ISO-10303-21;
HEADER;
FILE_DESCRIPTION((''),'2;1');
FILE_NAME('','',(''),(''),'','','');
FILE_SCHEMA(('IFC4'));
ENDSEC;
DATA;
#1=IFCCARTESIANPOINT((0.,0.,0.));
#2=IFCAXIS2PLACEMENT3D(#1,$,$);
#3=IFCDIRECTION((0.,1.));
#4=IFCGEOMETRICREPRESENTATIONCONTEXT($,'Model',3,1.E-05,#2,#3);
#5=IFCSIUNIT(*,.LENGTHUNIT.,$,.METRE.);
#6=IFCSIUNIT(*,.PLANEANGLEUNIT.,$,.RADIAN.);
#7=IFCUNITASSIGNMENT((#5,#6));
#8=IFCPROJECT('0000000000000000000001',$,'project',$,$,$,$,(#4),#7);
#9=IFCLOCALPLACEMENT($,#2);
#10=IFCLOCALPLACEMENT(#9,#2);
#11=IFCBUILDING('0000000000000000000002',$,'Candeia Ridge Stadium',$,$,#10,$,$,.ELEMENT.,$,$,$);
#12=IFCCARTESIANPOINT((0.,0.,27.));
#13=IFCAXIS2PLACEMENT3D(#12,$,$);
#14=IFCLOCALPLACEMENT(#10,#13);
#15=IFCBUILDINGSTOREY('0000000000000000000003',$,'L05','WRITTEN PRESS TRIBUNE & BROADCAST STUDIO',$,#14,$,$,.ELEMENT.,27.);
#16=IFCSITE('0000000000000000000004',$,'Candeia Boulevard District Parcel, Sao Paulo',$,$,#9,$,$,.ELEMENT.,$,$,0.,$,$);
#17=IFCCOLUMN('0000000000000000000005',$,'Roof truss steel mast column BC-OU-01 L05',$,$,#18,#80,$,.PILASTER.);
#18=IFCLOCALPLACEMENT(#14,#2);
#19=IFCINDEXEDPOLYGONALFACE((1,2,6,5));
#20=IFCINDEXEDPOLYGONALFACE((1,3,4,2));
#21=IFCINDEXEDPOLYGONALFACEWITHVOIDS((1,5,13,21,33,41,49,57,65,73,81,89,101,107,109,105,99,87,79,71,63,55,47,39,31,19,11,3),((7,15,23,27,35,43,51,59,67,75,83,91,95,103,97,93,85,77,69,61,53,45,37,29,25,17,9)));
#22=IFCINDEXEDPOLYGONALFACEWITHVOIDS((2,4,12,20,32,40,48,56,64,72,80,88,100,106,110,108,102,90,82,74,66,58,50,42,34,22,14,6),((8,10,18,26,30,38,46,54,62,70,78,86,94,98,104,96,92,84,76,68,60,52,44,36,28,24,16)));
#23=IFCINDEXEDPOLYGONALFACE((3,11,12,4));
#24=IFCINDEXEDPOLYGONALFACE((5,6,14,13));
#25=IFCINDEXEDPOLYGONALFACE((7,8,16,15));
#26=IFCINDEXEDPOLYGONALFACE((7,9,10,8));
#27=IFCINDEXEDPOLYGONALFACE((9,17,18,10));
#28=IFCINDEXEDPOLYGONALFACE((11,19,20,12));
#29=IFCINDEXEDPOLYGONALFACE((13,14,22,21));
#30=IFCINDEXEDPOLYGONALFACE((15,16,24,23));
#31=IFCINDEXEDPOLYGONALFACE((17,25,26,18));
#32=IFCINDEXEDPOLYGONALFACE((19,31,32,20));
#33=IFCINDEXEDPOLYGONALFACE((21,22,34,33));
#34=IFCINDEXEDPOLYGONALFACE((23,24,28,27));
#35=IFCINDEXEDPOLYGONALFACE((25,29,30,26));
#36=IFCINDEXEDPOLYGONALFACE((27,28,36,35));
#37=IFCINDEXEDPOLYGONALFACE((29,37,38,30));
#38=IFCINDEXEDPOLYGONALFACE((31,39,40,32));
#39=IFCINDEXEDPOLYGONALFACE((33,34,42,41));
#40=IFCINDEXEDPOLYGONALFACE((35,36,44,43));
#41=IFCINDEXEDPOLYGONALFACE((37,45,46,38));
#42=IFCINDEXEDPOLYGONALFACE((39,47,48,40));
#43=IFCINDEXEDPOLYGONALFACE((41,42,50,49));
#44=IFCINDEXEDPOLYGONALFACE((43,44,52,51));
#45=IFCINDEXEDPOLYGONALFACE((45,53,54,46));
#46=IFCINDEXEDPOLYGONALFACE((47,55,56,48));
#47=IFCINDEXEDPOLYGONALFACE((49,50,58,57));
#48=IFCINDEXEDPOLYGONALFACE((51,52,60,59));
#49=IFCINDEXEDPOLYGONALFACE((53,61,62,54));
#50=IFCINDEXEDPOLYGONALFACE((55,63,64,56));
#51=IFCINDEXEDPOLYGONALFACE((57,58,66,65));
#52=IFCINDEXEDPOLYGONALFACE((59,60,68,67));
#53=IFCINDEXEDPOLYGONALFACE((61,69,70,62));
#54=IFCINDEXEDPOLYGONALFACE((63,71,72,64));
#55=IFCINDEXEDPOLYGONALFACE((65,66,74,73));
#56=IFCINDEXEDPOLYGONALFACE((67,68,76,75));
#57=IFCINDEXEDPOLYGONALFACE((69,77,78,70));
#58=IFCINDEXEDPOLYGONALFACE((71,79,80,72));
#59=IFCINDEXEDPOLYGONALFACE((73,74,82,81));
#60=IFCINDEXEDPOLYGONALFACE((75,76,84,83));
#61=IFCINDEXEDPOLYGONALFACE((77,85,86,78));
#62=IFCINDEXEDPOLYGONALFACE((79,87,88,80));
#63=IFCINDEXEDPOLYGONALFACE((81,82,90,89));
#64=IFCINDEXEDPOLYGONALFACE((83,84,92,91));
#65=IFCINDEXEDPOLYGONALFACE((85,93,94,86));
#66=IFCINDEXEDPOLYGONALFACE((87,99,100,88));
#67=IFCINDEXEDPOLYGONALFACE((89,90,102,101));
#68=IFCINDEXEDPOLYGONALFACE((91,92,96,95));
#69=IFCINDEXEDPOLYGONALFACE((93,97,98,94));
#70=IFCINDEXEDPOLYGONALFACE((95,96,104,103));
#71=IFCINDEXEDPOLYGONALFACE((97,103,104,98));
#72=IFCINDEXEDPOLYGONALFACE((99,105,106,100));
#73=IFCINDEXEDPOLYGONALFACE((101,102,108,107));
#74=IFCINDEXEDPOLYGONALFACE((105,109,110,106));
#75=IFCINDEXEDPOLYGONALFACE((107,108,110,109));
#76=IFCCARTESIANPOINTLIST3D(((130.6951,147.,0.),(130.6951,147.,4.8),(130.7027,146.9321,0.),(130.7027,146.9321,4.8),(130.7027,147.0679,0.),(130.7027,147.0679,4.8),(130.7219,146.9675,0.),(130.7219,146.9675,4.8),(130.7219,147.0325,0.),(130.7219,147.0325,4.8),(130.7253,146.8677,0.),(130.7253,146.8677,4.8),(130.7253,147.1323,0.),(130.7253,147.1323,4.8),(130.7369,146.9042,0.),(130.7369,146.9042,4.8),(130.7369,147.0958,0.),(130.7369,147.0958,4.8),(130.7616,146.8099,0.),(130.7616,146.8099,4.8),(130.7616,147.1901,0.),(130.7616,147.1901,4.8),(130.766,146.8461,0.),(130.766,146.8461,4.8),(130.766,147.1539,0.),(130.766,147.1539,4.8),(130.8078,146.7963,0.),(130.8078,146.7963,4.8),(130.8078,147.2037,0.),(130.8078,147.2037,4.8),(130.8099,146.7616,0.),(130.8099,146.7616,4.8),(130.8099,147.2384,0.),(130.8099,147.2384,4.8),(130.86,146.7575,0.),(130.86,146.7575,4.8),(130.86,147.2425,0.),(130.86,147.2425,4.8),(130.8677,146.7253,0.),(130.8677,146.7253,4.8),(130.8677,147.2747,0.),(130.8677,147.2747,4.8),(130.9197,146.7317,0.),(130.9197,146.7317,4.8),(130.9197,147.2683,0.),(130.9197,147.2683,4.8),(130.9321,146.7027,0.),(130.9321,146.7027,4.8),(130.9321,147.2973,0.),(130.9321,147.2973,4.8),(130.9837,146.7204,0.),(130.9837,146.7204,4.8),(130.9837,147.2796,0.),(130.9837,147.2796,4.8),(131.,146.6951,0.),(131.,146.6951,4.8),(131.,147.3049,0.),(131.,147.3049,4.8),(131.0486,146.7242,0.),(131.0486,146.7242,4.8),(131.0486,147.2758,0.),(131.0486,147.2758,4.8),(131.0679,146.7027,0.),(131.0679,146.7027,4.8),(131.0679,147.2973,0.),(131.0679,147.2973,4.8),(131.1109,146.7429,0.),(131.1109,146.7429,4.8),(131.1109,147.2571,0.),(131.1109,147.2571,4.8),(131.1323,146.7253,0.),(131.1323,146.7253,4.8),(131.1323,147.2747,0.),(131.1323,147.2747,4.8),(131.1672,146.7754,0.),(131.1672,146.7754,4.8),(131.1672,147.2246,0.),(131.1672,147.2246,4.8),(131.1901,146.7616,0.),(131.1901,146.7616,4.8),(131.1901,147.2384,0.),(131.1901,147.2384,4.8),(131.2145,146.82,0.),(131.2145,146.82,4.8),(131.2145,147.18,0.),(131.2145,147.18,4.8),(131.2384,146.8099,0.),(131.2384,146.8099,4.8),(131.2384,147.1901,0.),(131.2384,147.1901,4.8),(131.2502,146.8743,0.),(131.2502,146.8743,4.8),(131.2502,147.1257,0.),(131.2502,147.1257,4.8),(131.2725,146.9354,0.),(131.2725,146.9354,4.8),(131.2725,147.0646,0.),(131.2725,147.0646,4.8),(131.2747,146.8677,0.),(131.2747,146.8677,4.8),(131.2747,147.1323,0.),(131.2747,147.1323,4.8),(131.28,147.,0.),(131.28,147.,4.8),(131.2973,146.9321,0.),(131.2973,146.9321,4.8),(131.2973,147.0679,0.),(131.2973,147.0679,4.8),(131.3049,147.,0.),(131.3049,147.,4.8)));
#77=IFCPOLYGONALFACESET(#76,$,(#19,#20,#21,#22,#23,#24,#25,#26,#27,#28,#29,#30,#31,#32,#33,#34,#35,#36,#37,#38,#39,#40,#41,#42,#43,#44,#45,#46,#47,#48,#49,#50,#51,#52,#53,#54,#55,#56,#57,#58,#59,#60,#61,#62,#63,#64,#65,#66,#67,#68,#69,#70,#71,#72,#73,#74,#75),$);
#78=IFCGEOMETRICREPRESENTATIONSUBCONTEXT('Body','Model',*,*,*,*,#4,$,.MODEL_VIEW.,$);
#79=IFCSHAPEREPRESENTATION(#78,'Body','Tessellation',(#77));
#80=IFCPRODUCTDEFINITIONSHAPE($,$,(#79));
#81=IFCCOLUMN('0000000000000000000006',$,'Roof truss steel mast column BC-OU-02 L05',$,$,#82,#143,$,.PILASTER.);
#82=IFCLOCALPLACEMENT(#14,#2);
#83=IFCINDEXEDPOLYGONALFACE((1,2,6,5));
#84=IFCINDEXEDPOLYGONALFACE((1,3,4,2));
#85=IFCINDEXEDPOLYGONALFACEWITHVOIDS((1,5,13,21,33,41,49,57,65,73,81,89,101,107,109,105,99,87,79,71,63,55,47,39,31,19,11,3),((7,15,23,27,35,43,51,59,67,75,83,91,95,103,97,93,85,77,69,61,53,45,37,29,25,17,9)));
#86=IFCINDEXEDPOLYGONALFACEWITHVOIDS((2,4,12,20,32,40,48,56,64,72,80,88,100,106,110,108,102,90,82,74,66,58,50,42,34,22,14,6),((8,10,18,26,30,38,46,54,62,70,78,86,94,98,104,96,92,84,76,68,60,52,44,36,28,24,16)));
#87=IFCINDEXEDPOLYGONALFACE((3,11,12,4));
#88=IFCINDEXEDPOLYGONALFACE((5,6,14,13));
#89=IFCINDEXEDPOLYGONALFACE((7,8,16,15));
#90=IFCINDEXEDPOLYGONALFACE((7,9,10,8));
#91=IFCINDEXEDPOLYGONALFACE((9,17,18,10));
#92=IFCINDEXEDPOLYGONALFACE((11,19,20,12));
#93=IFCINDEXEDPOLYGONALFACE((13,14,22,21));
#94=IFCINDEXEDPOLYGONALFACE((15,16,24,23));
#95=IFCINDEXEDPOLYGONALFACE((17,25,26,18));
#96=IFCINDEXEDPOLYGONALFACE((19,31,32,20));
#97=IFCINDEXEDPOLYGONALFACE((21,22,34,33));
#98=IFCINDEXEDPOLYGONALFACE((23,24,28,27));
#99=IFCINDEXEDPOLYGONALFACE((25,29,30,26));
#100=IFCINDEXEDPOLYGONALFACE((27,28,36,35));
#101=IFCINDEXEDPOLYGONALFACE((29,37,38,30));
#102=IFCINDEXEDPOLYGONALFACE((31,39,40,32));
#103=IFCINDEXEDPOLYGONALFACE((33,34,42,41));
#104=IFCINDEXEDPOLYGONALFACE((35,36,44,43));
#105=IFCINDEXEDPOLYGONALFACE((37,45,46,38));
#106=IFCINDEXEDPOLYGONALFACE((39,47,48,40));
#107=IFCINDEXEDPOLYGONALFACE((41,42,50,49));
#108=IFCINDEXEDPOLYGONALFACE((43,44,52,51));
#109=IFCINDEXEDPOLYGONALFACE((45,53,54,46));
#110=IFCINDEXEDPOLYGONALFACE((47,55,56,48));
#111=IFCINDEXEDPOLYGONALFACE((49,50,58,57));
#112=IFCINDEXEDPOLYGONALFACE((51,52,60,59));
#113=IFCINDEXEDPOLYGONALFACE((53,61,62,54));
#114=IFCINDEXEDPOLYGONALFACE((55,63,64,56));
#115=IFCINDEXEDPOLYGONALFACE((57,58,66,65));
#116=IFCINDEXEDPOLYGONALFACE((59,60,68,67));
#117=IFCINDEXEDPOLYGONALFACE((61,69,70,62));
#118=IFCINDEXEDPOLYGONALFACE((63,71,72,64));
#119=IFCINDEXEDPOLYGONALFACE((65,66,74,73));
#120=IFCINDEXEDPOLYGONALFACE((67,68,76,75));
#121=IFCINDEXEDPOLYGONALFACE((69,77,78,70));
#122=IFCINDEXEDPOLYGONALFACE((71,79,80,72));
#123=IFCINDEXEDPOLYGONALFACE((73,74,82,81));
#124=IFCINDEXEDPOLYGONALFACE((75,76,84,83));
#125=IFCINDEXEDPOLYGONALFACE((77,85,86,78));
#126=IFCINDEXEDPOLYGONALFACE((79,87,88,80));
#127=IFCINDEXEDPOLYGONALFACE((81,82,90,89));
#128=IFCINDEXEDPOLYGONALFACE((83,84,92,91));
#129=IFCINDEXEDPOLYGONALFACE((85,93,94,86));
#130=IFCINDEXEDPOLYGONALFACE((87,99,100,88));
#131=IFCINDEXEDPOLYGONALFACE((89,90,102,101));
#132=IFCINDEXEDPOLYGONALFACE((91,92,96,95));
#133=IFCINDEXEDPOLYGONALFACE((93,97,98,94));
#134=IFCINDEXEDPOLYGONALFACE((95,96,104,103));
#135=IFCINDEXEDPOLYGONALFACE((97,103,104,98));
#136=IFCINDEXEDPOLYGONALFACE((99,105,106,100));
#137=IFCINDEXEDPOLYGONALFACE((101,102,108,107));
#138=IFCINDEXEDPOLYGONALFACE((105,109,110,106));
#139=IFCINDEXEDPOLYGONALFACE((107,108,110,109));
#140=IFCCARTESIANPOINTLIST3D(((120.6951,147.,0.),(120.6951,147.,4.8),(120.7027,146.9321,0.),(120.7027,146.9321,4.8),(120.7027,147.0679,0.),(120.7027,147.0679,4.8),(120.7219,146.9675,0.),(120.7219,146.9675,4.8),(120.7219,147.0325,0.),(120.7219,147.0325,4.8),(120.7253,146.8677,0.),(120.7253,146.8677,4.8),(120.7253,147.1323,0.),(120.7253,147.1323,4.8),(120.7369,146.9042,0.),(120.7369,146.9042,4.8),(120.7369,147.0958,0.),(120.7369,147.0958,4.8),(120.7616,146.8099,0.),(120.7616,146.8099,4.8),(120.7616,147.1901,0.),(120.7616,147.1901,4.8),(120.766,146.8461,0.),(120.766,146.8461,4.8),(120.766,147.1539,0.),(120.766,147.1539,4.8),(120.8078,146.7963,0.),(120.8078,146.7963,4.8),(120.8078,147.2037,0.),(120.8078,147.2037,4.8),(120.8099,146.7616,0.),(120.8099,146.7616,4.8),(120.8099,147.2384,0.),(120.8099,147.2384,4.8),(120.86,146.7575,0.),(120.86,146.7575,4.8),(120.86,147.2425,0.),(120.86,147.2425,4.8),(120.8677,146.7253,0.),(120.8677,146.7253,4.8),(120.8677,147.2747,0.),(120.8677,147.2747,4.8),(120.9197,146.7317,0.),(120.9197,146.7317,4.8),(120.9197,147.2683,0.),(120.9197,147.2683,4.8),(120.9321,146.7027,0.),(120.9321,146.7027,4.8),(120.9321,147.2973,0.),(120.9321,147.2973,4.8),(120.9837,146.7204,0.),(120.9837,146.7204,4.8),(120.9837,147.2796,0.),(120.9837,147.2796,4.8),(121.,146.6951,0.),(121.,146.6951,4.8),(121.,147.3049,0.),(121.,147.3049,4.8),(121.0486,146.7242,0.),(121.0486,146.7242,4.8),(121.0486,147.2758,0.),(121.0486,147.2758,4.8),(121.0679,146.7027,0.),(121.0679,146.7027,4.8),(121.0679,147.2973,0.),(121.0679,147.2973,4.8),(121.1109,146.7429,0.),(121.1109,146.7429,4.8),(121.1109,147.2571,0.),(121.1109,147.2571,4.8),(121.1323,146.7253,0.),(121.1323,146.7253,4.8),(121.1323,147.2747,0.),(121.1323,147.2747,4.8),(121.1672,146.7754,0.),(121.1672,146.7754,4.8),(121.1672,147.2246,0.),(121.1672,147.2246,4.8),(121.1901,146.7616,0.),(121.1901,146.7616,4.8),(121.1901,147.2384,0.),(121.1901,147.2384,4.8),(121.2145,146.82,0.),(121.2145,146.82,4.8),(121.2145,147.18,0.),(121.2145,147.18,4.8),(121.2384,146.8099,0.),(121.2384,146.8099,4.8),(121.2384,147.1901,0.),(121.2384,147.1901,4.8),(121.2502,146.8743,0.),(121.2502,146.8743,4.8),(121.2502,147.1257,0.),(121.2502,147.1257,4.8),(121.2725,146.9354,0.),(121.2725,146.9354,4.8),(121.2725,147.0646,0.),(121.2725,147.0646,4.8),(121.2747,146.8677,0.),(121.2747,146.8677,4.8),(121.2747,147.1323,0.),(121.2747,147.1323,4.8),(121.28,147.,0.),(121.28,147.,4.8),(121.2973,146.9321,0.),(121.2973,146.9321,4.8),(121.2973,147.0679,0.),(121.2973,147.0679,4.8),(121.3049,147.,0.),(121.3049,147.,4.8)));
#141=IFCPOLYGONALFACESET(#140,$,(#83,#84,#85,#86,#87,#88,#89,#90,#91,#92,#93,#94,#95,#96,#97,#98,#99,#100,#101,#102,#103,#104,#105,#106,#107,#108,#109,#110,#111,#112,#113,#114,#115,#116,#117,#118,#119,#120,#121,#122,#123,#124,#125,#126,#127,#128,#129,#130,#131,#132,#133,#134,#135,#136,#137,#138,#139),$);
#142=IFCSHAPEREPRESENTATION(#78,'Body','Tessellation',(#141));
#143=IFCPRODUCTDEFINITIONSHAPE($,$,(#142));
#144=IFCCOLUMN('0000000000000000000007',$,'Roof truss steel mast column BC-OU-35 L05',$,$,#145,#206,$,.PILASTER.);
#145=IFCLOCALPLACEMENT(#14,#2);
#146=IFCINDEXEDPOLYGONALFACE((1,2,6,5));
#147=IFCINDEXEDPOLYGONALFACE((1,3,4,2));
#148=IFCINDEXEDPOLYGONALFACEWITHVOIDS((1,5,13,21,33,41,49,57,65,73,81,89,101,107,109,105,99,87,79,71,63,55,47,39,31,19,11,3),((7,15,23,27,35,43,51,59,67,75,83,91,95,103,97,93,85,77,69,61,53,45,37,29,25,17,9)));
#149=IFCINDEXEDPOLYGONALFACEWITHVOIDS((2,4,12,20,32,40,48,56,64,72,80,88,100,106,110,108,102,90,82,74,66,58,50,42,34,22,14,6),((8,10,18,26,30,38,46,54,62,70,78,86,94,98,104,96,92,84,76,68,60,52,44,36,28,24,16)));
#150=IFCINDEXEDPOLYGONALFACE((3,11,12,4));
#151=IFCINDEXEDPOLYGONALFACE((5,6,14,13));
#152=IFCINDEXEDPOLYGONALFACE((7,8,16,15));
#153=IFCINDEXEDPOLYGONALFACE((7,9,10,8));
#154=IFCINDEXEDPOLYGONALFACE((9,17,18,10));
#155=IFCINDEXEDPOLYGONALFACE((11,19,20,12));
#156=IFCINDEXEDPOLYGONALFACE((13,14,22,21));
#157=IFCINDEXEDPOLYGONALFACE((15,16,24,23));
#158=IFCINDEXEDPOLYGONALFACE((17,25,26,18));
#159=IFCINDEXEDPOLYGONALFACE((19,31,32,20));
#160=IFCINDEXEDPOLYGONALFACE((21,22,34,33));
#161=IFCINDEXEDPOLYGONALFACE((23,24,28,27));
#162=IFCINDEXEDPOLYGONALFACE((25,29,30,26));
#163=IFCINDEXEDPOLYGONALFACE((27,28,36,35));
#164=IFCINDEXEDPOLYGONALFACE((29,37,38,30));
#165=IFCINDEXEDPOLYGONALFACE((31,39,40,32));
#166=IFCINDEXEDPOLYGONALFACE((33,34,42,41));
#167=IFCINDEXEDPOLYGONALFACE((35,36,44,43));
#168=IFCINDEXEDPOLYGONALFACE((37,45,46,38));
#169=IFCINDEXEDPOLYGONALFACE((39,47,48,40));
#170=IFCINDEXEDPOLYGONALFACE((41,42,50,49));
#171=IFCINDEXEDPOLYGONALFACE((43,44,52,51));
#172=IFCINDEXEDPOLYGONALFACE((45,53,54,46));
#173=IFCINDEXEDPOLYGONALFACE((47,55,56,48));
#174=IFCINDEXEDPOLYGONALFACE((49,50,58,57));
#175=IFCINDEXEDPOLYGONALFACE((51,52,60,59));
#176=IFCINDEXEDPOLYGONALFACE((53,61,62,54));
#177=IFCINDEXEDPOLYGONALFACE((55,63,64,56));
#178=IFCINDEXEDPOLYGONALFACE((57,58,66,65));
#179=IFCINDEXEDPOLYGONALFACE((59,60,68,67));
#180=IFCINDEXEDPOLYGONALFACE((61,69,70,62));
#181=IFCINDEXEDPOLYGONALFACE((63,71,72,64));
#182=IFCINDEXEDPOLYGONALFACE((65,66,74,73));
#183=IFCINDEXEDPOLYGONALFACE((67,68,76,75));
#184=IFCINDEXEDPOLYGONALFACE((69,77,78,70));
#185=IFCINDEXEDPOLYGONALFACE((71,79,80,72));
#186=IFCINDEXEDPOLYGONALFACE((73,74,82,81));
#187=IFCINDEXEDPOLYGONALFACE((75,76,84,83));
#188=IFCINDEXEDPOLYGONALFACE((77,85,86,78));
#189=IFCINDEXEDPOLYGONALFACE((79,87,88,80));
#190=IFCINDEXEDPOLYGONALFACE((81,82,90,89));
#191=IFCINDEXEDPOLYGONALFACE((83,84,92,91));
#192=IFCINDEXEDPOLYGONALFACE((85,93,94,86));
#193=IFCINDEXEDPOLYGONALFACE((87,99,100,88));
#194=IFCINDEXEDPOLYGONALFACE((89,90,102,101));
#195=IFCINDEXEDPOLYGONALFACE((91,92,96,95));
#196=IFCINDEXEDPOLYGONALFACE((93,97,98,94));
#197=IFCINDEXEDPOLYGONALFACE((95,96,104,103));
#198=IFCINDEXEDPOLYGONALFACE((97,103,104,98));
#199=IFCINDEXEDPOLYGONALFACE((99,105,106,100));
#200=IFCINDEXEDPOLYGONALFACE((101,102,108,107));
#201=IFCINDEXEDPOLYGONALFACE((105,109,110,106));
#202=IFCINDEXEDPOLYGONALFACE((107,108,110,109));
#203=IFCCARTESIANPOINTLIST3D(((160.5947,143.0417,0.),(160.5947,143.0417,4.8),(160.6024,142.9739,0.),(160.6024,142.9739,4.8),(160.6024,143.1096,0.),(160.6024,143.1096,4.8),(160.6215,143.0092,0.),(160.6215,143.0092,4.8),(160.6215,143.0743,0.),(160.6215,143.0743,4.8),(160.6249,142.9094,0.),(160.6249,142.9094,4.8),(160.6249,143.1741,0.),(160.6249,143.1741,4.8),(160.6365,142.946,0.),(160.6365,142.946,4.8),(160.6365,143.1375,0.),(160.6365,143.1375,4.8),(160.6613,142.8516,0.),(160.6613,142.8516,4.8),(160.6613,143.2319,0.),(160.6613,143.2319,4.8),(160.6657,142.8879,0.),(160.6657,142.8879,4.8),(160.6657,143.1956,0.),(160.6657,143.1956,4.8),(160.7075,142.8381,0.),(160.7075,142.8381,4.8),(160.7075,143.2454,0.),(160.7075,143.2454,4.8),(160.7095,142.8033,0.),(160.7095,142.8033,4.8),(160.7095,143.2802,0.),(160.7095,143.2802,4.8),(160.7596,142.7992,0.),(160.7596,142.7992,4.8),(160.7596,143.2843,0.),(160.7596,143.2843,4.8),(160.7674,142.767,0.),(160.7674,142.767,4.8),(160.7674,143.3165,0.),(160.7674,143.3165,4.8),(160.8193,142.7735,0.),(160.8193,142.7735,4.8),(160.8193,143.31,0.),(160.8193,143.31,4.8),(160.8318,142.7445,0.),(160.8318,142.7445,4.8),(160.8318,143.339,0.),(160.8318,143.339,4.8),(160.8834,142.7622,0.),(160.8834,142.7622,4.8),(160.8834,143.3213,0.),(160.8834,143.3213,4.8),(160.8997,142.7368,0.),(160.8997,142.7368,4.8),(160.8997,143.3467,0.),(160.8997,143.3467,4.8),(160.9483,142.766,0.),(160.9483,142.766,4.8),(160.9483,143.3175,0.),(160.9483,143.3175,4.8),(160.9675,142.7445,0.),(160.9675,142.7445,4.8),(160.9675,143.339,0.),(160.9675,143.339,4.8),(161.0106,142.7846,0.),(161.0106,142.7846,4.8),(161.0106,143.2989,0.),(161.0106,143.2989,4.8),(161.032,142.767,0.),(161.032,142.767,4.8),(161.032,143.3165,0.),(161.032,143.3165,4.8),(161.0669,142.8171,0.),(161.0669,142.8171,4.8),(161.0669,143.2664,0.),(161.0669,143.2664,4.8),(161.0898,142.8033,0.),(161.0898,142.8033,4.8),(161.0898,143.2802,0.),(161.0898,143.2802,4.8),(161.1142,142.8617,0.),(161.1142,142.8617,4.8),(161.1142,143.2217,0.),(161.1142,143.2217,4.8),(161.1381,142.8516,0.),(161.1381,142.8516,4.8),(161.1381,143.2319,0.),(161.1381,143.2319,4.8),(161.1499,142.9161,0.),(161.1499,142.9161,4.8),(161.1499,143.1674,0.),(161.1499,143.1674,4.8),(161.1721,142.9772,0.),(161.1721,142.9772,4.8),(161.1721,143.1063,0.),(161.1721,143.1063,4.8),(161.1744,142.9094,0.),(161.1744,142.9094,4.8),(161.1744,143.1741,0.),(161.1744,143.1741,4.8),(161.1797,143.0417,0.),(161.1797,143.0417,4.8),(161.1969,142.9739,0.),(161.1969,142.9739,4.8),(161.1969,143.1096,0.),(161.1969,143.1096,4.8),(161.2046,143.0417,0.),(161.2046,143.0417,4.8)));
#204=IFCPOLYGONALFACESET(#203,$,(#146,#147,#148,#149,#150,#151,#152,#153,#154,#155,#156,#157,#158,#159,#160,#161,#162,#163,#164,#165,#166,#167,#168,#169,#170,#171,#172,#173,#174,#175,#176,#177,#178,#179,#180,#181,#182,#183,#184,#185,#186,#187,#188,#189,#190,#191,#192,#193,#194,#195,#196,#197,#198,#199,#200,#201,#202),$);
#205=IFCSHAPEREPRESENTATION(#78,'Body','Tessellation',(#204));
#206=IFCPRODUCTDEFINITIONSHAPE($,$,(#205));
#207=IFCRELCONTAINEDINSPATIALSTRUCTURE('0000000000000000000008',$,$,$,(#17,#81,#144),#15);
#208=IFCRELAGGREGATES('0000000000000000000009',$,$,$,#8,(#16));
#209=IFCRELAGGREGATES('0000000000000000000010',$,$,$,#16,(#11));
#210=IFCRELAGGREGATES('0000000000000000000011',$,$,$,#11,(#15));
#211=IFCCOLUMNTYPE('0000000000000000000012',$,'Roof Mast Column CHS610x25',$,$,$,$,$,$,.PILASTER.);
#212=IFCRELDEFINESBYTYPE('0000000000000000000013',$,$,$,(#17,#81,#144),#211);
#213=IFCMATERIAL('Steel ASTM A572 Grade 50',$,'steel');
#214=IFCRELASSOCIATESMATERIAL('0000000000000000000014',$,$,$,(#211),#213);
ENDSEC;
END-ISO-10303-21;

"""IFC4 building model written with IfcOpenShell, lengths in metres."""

from ifc_helpers import new_model, si_unit, direction, frame, origin, origin_2d, place, context, subcontext, project, spatial, hollow_circle, extrude, material, material_profile, profile_set, type_object, element, save


model = new_model("IFC4")

# Units and contexts
model_context = context("Model", 3, precision=1e-05, world=origin(), true_north=direction((0.0, 1.0)))
body_context = subcontext(model_context, "Body", "Model", "MODEL_VIEW")
ifc_project = project(units=[si_unit("LENGTHUNIT", "METRE"), si_unit("PLANEANGLEUNIT", "RADIAN")], contexts=[model_context])

# Site, building, storey
site_placement = place(None, origin())
site = spatial("IfcSite", under=ifc_project, at=site_placement, Name="Candeia Boulevard District Parcel, Sao Paulo", CompositionType="ELEMENT", RefElevation=0.0)
building_placement = place(site_placement, origin())
building = spatial("IfcBuilding", under=site, at=building_placement, Name="Candeia Ridge Stadium", CompositionType="ELEMENT")
storey_placement = place(building_placement, frame((0.0, 0.0, 27.0)))
storey = spatial("IfcBuildingStorey", under=building, at=storey_placement, Name="L05", Description="WRITTEN PRESS TRIBUNE & BROADCAST STUDIO", CompositionType="ELEMENT", Elevation=27.0)

# Columns
ifc_material_1 = material(Name="Steel ASTM A572 Grade 50", Category="steel")
ifc_material_profile_1 = material_profile(ifc_material_1, hollow_circle(Radius=0.3049, WallThickness=0.0249, at=origin_2d()), Name="CHS610x25", Category="steel")
ifc_profile_set_1 = profile_set([ifc_material_profile_1], Name="Steel ASTM A572 Grade 50")
column_type_1 = type_object("IfcColumnType", Name="Roof Mast Column CHS610x25", PredefinedType="PILASTER", material=ifc_profile_set_1)
for number, where, z_axis, x_axis, name in (
    (1, (131.0, 147.0, 0.0), (0.0, 0.0, 1.0), (1.0, 0.0, 0.0), "Roof truss steel mast column BC-OU-01 L05"),
    (2, (121.0, 147.0, 0.0), (0.0, 0.0, 1.0), (1.0, 0.0, 0.0), "Roof truss steel mast column BC-OU-02 L05"),
    (3, (160.8997, 143.0417, 0.0), (0.0, 0.0, 1.0), (1.0, 0.0, 0.0), "Roof truss steel mast column BC-OU-35 L05"),
):
    element("IfcColumn", number, at=place(storey_placement, frame(where, z_axis=z_axis, x_axis=x_axis)), inside=storey, type_object=column_type_1, Name=name, PredefinedType="PILASTER", context=body_context, shape_type="SweptSolid", body=[
        extrude(hollow_circle(Radius=0.3049, WallThickness=0.0249, at=origin_2d()), origin(), (0.0, 0.0, 1.0), 4.8),
    ])

save(model, "model.ifc")
